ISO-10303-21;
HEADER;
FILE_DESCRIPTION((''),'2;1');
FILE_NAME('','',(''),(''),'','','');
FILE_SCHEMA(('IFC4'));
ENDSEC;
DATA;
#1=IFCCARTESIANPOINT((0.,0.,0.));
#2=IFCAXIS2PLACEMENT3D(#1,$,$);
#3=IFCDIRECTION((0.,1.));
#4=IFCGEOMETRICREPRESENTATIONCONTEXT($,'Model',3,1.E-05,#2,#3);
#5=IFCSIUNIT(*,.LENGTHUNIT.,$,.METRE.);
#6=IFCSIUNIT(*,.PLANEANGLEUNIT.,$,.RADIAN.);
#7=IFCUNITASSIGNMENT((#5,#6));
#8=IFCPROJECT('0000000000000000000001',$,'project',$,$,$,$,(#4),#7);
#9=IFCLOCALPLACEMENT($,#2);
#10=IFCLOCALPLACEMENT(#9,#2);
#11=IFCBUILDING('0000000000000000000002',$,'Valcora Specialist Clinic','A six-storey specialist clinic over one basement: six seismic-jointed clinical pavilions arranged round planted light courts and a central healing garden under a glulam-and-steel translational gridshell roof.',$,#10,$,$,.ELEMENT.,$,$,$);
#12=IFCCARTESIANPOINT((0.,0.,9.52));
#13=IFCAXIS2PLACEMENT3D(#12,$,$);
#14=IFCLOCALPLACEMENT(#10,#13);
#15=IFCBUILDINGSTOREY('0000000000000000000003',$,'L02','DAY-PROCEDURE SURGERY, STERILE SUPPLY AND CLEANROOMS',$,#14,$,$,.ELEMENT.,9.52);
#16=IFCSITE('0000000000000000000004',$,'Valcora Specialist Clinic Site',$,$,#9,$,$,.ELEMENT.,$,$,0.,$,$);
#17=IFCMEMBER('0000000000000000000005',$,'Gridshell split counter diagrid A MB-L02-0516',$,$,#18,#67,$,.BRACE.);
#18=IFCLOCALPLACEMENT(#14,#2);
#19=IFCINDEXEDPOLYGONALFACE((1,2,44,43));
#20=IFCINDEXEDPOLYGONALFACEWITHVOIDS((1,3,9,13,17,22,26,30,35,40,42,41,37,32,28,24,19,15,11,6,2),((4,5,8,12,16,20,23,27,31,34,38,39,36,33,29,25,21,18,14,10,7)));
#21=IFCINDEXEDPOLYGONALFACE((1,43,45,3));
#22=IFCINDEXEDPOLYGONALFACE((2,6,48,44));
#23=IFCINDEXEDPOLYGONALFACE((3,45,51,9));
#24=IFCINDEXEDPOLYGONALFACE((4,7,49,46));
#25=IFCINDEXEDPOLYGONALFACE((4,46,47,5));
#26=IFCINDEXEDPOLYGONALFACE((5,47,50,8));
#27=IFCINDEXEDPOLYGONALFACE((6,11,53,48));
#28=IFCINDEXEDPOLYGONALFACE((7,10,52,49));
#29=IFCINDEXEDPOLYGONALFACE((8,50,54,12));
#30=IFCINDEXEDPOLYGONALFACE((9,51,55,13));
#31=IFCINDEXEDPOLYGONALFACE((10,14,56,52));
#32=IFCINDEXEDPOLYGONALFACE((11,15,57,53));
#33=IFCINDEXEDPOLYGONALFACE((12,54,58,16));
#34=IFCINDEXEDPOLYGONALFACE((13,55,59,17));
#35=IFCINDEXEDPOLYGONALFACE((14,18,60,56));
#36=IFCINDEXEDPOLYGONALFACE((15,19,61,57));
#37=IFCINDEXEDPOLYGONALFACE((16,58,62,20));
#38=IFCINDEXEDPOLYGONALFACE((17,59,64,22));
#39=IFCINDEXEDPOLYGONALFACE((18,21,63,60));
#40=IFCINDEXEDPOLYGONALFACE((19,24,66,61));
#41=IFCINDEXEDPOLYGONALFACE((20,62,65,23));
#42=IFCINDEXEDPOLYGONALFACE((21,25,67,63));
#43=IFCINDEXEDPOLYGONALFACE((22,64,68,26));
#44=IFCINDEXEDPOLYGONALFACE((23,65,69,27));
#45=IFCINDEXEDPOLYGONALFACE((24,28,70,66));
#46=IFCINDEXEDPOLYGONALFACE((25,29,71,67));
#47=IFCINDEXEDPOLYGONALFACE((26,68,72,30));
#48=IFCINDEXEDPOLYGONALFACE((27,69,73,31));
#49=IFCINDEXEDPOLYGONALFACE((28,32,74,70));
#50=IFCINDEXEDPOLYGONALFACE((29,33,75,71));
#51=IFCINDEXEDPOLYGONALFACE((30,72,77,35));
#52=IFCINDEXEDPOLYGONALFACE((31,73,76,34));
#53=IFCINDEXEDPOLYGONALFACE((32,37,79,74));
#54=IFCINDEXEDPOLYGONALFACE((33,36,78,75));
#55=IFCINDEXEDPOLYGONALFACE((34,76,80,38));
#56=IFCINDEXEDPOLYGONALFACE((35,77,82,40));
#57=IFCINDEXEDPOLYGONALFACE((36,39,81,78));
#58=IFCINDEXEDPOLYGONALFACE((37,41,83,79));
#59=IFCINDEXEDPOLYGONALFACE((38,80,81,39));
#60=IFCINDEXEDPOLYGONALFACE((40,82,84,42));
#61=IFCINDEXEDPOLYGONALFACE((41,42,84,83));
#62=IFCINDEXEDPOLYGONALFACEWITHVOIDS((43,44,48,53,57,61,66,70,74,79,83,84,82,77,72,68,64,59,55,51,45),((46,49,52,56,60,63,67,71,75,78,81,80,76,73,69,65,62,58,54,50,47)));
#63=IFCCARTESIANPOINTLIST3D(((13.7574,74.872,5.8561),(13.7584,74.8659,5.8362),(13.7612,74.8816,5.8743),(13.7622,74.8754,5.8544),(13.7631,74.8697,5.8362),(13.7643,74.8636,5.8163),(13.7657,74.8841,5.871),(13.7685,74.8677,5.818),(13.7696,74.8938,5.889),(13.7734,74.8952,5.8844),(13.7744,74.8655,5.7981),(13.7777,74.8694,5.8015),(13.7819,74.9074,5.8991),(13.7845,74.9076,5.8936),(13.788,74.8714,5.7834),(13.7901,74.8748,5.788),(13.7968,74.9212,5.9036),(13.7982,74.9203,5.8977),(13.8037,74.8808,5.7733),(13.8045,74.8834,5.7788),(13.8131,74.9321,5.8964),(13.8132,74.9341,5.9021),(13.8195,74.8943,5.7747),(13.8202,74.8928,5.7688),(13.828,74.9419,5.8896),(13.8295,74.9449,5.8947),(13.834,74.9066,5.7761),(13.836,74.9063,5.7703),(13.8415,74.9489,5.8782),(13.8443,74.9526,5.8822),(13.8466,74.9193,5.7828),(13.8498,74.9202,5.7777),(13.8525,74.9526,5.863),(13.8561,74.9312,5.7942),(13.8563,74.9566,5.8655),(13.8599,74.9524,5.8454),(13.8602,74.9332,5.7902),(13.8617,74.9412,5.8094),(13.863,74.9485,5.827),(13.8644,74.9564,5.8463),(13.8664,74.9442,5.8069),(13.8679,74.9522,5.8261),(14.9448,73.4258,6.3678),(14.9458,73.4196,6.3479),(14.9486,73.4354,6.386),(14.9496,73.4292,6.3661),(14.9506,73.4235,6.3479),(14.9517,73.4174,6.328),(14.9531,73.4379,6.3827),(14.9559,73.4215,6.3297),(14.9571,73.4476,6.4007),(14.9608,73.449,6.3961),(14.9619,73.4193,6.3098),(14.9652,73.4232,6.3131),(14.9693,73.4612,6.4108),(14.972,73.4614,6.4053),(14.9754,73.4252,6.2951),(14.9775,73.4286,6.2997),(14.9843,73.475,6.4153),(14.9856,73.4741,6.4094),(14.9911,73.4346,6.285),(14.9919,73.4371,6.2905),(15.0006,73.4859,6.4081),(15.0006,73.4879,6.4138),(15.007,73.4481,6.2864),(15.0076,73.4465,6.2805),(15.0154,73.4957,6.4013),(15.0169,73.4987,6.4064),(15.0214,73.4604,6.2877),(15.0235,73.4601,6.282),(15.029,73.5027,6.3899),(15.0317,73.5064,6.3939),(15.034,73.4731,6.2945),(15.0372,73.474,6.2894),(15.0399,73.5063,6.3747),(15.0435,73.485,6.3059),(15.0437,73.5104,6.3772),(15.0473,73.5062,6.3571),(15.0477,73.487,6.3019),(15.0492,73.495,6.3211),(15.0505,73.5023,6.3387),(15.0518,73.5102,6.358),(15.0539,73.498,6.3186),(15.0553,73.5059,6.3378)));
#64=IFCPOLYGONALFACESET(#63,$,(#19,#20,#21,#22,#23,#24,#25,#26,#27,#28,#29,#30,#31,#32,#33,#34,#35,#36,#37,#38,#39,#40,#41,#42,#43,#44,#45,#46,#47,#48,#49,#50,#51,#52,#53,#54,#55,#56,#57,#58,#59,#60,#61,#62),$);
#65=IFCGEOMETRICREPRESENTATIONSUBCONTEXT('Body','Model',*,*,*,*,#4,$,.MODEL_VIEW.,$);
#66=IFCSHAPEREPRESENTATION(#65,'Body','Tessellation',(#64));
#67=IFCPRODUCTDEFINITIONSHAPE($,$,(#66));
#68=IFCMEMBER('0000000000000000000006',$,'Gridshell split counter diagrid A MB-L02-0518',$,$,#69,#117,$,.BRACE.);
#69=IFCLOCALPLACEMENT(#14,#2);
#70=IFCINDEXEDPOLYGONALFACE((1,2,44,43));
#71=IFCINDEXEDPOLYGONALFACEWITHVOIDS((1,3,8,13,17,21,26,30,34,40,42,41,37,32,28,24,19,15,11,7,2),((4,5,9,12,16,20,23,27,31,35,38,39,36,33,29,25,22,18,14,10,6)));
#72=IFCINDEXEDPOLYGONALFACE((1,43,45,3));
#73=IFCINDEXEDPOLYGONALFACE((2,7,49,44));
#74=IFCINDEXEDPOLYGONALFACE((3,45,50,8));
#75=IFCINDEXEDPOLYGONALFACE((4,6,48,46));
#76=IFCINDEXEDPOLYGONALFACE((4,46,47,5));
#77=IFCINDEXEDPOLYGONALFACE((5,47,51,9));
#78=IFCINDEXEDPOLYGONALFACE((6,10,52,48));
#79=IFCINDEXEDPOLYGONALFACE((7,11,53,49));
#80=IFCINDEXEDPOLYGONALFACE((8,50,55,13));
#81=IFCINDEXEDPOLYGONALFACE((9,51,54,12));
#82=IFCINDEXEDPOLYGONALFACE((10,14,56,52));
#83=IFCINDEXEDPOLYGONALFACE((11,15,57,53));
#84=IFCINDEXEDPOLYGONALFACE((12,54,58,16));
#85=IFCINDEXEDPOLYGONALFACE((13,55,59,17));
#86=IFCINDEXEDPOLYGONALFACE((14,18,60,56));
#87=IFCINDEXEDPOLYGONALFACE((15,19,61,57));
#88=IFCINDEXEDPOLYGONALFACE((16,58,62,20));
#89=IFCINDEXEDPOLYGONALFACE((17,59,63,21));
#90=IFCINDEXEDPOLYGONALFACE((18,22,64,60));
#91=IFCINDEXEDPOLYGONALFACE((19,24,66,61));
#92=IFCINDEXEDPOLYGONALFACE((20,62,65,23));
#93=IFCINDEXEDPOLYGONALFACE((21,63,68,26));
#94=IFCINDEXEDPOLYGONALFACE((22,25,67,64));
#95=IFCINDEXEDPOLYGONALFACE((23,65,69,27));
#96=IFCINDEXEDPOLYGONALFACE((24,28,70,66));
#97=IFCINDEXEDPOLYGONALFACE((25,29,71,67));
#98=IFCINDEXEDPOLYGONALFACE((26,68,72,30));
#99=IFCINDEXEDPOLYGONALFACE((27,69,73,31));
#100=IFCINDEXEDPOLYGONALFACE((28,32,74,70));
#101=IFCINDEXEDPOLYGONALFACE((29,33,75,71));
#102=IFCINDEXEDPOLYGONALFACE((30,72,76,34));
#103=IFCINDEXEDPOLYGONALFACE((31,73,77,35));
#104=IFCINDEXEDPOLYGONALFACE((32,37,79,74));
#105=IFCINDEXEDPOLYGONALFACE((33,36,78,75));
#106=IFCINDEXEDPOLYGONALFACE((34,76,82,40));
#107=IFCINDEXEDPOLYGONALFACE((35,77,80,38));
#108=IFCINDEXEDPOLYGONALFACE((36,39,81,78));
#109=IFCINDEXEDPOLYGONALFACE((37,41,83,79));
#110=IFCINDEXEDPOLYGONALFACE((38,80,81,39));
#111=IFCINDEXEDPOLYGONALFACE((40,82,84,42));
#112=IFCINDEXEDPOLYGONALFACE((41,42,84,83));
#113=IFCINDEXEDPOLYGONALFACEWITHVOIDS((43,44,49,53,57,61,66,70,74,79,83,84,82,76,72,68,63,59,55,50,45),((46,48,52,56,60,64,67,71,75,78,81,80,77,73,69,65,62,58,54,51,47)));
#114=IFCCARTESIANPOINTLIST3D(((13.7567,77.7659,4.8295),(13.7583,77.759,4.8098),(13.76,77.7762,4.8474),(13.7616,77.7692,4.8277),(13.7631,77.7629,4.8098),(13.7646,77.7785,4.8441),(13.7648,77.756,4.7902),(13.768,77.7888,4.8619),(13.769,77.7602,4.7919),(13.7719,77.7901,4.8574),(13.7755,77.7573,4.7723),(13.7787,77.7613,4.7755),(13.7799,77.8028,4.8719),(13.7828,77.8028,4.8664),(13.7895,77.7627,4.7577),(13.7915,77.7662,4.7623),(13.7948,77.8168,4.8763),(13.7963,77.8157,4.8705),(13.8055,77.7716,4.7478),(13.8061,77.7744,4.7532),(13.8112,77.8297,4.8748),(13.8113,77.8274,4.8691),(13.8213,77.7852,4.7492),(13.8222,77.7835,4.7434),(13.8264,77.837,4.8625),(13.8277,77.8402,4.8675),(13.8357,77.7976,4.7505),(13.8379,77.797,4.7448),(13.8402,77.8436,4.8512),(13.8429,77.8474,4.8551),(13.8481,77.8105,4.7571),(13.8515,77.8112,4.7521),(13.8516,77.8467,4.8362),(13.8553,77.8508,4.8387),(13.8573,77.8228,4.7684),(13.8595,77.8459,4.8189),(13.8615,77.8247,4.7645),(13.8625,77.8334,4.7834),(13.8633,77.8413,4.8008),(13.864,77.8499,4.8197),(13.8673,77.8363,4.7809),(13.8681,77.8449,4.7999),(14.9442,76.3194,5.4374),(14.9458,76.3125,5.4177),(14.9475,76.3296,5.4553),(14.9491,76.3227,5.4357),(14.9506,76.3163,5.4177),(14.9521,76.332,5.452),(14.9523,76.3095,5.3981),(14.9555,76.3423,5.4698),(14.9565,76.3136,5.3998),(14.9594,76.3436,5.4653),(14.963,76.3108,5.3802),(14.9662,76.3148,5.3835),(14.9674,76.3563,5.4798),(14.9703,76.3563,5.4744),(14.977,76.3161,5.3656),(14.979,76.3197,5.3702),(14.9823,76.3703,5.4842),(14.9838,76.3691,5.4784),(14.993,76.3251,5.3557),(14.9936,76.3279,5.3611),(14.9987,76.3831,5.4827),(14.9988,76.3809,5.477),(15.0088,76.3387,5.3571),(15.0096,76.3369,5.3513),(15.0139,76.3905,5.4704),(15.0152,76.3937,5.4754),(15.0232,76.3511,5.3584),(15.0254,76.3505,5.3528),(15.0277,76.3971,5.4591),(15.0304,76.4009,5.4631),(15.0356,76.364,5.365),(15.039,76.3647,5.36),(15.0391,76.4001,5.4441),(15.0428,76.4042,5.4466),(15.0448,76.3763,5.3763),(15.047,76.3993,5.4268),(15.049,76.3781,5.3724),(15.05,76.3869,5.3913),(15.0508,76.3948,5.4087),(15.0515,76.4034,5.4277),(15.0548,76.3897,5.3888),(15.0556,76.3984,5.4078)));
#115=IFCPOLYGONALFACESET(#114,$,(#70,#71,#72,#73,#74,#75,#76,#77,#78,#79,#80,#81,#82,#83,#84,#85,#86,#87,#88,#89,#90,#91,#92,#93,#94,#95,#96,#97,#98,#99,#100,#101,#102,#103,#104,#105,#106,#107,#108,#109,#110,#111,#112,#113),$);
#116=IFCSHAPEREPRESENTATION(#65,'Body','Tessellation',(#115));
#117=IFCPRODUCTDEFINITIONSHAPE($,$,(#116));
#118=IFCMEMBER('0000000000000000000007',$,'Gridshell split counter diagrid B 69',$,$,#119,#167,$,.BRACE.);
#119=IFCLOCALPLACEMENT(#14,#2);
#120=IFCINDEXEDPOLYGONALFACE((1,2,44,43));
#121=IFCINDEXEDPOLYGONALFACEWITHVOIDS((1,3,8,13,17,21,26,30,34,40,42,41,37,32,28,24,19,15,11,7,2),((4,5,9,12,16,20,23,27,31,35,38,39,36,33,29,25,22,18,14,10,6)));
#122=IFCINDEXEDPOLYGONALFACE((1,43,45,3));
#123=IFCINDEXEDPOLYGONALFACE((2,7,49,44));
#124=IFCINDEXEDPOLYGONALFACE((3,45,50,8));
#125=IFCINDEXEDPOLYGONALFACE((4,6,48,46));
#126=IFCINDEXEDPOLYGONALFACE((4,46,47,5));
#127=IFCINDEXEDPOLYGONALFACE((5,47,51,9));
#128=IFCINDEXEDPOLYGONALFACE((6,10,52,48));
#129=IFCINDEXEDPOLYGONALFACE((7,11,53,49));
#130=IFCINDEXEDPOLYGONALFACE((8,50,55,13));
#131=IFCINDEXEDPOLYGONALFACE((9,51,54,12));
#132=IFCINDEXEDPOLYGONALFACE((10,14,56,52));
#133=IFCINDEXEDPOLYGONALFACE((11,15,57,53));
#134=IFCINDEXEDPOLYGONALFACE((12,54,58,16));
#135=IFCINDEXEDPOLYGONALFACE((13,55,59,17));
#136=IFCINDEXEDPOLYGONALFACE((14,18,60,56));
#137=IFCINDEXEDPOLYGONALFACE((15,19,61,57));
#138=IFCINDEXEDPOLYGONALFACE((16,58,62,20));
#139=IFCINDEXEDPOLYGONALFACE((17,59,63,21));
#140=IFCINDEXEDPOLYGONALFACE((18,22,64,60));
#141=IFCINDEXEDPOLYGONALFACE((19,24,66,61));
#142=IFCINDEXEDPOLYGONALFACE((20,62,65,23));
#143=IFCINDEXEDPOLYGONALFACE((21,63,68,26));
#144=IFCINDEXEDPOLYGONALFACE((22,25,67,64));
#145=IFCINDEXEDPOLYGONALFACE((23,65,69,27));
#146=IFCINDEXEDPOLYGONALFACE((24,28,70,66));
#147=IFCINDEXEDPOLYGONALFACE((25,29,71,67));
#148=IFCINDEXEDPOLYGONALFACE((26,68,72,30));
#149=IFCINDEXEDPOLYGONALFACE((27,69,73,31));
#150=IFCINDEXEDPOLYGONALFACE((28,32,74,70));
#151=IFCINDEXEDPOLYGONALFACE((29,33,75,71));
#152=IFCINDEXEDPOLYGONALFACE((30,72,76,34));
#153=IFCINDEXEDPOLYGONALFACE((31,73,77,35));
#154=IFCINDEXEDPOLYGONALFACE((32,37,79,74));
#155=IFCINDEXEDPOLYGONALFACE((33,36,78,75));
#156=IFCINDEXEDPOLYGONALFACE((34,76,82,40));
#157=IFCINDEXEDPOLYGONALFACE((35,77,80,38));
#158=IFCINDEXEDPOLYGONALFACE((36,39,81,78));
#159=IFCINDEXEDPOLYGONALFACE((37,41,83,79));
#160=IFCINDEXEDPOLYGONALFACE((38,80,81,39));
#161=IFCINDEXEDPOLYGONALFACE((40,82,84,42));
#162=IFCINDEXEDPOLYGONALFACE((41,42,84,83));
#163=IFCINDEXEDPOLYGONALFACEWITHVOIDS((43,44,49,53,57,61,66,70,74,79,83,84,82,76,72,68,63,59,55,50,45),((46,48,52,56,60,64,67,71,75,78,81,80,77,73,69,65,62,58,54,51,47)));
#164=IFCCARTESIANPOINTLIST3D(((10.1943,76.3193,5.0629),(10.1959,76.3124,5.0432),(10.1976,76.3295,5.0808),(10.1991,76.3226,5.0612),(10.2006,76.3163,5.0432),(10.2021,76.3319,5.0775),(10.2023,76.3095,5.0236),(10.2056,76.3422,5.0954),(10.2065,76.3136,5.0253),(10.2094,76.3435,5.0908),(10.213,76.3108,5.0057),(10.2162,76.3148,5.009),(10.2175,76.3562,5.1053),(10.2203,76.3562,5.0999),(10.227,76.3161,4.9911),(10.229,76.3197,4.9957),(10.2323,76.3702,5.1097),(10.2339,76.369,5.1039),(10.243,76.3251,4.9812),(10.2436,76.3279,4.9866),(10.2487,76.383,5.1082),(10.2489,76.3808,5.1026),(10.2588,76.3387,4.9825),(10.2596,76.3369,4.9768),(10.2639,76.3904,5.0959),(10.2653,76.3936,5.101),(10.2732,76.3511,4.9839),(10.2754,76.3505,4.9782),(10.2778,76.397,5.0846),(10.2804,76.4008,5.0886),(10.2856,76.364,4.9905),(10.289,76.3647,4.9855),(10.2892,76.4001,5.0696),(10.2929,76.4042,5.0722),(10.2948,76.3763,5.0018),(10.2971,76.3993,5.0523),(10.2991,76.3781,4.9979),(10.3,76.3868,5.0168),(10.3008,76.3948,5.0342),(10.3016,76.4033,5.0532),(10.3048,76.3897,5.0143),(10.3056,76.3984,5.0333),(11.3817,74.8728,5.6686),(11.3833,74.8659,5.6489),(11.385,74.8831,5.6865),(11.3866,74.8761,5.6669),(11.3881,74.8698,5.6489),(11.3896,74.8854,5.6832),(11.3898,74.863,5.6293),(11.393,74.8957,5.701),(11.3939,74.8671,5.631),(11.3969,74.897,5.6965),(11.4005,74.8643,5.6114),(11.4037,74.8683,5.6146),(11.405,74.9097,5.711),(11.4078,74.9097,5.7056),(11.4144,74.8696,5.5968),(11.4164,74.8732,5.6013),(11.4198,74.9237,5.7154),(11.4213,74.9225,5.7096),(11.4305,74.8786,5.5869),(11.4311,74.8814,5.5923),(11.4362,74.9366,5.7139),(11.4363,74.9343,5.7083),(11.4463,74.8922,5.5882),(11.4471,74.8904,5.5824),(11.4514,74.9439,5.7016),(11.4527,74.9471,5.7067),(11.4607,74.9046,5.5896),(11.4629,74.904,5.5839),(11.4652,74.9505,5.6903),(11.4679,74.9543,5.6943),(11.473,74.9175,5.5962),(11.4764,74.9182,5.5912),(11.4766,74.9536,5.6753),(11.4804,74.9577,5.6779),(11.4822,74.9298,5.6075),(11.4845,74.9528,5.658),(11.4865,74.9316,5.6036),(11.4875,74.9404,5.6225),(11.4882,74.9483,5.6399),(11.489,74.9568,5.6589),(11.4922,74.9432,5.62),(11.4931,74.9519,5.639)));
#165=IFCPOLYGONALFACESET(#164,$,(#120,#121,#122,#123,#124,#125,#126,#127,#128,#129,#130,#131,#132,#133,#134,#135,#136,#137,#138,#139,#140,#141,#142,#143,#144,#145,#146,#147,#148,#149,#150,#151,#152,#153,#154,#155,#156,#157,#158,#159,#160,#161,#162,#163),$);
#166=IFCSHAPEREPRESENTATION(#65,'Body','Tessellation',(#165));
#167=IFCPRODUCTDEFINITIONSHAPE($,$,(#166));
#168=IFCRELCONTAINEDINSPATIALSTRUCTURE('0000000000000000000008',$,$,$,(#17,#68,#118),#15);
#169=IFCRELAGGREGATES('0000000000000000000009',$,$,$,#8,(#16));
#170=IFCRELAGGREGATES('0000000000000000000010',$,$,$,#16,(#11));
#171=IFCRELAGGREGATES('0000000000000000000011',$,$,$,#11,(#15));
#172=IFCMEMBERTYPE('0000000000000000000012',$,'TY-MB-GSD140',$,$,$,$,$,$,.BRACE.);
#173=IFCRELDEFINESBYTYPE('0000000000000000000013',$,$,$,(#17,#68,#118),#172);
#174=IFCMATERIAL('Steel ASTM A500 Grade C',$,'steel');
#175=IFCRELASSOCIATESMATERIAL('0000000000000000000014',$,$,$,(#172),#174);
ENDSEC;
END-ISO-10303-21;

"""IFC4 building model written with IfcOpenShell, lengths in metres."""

from ifc_helpers import new_model, si_unit, direction, frame, origin, origin_2d, place, context, subcontext, project, spatial, hollow_circle, extrude, material, material_profile, profile_set, type_object, element, save


model = new_model("IFC4")

# Units and contexts
model_context = context("Model", 3, precision=1e-05, world=origin(), true_north=direction((0.0, 1.0)))
body_context = subcontext(model_context, "Body", "Model", "MODEL_VIEW")
ifc_project = project(units=[si_unit("LENGTHUNIT", "METRE"), si_unit("PLANEANGLEUNIT", "RADIAN")], contexts=[model_context])

# Site, building, storey
site_placement = place(None, origin())
site = spatial("IfcSite", under=ifc_project, at=site_placement, Name="Valcora Specialist Clinic Site", CompositionType="ELEMENT", RefElevation=0.0)
building_placement = place(site_placement, origin())
building = spatial("IfcBuilding", under=site, at=building_placement, Name="Valcora Specialist Clinic", Description="A six-storey specialist clinic over one basement: six seismic-jointed clinical pavilions arranged round planted light courts and a central healing garden under a glulam-and-steel translational gridshell roof.", CompositionType="ELEMENT")
storey_placement = place(building_placement, frame((0.0, 0.0, 9.52)))
storey = spatial("IfcBuildingStorey", under=building, at=storey_placement, Name="L02", Description="DAY-PROCEDURE SURGERY, STERILE SUPPLY AND CLEANROOMS", CompositionType="ELEMENT", Elevation=9.52)

# Members
ifc_material_1 = material(Name="Steel ASTM A500 Grade C", Category="steel")
ifc_material_profile_1 = material_profile(ifc_material_1, hollow_circle(Radius=0.0701, WallThickness=0.0061, at=origin_2d()), Name="ST-CHS-140X6")
ifc_profile_set_1 = profile_set([ifc_material_profile_1], Name="Steel ASTM A500 Grade C")
member_type_1 = type_object("IfcMemberType", Name="TY-MB-GSD140", PredefinedType="BRACE", material=ifc_profile_set_1)
member_1_placement = place(storey_placement, frame((15.0, 73.4641, 6.3479), z_axis=(-0.6121, 0.745494, -0.263767), x_axis=(-0.772863, -0.634572, 0.0)))
element("IfcMember", 1, at=member_1_placement, inside=storey, type_object=member_type_1, Name="Gridshell split counter diagrid A MB-L02-0516", PredefinedType="BRACE", context=body_context, shape_type="SweptSolid", body=[
    extrude(hollow_circle(Radius=0.0701, WallThickness=0.0061, at=origin_2d()), origin(), (0.0, 0.0, 1.0), 1.9399),
])
member_2_placement = place(storey_placement, frame((15.0, 76.3569, 5.4177), z_axis=(-0.603471, 0.735108, -0.308932), x_axis=(-0.772916, -0.634508, 0.0)))
element("IfcMember", 2, at=member_2_placement, inside=storey, type_object=member_type_1, Name="Gridshell split counter diagrid A MB-L02-0518", PredefinedType="BRACE", context=body_context, shape_type="SweptSolid", body=[
    extrude(hollow_circle(Radius=0.0701, WallThickness=0.0061, at=origin_2d()), origin(), (0.0, 0.0, 1.0), 1.9678),
])
member_3_placement = place(storey_placement, frame((11.4375, 74.9104, 5.6489), z_axis=(-0.603679, 0.735361, -0.307921), x_axis=(-0.772916, -0.634508, 0.0)))
element("IfcMember", 3, at=member_3_placement, inside=storey, type_object=member_type_1, Name="Gridshell split counter diagrid B 69", PredefinedType="BRACE", context=body_context, shape_type="SweptSolid", body=[
    extrude(hollow_circle(Radius=0.0701, WallThickness=0.0061, at=origin_2d()), origin(), (0.0, 0.0, 1.0), 1.967),
])

save(model, "model.ifc")
